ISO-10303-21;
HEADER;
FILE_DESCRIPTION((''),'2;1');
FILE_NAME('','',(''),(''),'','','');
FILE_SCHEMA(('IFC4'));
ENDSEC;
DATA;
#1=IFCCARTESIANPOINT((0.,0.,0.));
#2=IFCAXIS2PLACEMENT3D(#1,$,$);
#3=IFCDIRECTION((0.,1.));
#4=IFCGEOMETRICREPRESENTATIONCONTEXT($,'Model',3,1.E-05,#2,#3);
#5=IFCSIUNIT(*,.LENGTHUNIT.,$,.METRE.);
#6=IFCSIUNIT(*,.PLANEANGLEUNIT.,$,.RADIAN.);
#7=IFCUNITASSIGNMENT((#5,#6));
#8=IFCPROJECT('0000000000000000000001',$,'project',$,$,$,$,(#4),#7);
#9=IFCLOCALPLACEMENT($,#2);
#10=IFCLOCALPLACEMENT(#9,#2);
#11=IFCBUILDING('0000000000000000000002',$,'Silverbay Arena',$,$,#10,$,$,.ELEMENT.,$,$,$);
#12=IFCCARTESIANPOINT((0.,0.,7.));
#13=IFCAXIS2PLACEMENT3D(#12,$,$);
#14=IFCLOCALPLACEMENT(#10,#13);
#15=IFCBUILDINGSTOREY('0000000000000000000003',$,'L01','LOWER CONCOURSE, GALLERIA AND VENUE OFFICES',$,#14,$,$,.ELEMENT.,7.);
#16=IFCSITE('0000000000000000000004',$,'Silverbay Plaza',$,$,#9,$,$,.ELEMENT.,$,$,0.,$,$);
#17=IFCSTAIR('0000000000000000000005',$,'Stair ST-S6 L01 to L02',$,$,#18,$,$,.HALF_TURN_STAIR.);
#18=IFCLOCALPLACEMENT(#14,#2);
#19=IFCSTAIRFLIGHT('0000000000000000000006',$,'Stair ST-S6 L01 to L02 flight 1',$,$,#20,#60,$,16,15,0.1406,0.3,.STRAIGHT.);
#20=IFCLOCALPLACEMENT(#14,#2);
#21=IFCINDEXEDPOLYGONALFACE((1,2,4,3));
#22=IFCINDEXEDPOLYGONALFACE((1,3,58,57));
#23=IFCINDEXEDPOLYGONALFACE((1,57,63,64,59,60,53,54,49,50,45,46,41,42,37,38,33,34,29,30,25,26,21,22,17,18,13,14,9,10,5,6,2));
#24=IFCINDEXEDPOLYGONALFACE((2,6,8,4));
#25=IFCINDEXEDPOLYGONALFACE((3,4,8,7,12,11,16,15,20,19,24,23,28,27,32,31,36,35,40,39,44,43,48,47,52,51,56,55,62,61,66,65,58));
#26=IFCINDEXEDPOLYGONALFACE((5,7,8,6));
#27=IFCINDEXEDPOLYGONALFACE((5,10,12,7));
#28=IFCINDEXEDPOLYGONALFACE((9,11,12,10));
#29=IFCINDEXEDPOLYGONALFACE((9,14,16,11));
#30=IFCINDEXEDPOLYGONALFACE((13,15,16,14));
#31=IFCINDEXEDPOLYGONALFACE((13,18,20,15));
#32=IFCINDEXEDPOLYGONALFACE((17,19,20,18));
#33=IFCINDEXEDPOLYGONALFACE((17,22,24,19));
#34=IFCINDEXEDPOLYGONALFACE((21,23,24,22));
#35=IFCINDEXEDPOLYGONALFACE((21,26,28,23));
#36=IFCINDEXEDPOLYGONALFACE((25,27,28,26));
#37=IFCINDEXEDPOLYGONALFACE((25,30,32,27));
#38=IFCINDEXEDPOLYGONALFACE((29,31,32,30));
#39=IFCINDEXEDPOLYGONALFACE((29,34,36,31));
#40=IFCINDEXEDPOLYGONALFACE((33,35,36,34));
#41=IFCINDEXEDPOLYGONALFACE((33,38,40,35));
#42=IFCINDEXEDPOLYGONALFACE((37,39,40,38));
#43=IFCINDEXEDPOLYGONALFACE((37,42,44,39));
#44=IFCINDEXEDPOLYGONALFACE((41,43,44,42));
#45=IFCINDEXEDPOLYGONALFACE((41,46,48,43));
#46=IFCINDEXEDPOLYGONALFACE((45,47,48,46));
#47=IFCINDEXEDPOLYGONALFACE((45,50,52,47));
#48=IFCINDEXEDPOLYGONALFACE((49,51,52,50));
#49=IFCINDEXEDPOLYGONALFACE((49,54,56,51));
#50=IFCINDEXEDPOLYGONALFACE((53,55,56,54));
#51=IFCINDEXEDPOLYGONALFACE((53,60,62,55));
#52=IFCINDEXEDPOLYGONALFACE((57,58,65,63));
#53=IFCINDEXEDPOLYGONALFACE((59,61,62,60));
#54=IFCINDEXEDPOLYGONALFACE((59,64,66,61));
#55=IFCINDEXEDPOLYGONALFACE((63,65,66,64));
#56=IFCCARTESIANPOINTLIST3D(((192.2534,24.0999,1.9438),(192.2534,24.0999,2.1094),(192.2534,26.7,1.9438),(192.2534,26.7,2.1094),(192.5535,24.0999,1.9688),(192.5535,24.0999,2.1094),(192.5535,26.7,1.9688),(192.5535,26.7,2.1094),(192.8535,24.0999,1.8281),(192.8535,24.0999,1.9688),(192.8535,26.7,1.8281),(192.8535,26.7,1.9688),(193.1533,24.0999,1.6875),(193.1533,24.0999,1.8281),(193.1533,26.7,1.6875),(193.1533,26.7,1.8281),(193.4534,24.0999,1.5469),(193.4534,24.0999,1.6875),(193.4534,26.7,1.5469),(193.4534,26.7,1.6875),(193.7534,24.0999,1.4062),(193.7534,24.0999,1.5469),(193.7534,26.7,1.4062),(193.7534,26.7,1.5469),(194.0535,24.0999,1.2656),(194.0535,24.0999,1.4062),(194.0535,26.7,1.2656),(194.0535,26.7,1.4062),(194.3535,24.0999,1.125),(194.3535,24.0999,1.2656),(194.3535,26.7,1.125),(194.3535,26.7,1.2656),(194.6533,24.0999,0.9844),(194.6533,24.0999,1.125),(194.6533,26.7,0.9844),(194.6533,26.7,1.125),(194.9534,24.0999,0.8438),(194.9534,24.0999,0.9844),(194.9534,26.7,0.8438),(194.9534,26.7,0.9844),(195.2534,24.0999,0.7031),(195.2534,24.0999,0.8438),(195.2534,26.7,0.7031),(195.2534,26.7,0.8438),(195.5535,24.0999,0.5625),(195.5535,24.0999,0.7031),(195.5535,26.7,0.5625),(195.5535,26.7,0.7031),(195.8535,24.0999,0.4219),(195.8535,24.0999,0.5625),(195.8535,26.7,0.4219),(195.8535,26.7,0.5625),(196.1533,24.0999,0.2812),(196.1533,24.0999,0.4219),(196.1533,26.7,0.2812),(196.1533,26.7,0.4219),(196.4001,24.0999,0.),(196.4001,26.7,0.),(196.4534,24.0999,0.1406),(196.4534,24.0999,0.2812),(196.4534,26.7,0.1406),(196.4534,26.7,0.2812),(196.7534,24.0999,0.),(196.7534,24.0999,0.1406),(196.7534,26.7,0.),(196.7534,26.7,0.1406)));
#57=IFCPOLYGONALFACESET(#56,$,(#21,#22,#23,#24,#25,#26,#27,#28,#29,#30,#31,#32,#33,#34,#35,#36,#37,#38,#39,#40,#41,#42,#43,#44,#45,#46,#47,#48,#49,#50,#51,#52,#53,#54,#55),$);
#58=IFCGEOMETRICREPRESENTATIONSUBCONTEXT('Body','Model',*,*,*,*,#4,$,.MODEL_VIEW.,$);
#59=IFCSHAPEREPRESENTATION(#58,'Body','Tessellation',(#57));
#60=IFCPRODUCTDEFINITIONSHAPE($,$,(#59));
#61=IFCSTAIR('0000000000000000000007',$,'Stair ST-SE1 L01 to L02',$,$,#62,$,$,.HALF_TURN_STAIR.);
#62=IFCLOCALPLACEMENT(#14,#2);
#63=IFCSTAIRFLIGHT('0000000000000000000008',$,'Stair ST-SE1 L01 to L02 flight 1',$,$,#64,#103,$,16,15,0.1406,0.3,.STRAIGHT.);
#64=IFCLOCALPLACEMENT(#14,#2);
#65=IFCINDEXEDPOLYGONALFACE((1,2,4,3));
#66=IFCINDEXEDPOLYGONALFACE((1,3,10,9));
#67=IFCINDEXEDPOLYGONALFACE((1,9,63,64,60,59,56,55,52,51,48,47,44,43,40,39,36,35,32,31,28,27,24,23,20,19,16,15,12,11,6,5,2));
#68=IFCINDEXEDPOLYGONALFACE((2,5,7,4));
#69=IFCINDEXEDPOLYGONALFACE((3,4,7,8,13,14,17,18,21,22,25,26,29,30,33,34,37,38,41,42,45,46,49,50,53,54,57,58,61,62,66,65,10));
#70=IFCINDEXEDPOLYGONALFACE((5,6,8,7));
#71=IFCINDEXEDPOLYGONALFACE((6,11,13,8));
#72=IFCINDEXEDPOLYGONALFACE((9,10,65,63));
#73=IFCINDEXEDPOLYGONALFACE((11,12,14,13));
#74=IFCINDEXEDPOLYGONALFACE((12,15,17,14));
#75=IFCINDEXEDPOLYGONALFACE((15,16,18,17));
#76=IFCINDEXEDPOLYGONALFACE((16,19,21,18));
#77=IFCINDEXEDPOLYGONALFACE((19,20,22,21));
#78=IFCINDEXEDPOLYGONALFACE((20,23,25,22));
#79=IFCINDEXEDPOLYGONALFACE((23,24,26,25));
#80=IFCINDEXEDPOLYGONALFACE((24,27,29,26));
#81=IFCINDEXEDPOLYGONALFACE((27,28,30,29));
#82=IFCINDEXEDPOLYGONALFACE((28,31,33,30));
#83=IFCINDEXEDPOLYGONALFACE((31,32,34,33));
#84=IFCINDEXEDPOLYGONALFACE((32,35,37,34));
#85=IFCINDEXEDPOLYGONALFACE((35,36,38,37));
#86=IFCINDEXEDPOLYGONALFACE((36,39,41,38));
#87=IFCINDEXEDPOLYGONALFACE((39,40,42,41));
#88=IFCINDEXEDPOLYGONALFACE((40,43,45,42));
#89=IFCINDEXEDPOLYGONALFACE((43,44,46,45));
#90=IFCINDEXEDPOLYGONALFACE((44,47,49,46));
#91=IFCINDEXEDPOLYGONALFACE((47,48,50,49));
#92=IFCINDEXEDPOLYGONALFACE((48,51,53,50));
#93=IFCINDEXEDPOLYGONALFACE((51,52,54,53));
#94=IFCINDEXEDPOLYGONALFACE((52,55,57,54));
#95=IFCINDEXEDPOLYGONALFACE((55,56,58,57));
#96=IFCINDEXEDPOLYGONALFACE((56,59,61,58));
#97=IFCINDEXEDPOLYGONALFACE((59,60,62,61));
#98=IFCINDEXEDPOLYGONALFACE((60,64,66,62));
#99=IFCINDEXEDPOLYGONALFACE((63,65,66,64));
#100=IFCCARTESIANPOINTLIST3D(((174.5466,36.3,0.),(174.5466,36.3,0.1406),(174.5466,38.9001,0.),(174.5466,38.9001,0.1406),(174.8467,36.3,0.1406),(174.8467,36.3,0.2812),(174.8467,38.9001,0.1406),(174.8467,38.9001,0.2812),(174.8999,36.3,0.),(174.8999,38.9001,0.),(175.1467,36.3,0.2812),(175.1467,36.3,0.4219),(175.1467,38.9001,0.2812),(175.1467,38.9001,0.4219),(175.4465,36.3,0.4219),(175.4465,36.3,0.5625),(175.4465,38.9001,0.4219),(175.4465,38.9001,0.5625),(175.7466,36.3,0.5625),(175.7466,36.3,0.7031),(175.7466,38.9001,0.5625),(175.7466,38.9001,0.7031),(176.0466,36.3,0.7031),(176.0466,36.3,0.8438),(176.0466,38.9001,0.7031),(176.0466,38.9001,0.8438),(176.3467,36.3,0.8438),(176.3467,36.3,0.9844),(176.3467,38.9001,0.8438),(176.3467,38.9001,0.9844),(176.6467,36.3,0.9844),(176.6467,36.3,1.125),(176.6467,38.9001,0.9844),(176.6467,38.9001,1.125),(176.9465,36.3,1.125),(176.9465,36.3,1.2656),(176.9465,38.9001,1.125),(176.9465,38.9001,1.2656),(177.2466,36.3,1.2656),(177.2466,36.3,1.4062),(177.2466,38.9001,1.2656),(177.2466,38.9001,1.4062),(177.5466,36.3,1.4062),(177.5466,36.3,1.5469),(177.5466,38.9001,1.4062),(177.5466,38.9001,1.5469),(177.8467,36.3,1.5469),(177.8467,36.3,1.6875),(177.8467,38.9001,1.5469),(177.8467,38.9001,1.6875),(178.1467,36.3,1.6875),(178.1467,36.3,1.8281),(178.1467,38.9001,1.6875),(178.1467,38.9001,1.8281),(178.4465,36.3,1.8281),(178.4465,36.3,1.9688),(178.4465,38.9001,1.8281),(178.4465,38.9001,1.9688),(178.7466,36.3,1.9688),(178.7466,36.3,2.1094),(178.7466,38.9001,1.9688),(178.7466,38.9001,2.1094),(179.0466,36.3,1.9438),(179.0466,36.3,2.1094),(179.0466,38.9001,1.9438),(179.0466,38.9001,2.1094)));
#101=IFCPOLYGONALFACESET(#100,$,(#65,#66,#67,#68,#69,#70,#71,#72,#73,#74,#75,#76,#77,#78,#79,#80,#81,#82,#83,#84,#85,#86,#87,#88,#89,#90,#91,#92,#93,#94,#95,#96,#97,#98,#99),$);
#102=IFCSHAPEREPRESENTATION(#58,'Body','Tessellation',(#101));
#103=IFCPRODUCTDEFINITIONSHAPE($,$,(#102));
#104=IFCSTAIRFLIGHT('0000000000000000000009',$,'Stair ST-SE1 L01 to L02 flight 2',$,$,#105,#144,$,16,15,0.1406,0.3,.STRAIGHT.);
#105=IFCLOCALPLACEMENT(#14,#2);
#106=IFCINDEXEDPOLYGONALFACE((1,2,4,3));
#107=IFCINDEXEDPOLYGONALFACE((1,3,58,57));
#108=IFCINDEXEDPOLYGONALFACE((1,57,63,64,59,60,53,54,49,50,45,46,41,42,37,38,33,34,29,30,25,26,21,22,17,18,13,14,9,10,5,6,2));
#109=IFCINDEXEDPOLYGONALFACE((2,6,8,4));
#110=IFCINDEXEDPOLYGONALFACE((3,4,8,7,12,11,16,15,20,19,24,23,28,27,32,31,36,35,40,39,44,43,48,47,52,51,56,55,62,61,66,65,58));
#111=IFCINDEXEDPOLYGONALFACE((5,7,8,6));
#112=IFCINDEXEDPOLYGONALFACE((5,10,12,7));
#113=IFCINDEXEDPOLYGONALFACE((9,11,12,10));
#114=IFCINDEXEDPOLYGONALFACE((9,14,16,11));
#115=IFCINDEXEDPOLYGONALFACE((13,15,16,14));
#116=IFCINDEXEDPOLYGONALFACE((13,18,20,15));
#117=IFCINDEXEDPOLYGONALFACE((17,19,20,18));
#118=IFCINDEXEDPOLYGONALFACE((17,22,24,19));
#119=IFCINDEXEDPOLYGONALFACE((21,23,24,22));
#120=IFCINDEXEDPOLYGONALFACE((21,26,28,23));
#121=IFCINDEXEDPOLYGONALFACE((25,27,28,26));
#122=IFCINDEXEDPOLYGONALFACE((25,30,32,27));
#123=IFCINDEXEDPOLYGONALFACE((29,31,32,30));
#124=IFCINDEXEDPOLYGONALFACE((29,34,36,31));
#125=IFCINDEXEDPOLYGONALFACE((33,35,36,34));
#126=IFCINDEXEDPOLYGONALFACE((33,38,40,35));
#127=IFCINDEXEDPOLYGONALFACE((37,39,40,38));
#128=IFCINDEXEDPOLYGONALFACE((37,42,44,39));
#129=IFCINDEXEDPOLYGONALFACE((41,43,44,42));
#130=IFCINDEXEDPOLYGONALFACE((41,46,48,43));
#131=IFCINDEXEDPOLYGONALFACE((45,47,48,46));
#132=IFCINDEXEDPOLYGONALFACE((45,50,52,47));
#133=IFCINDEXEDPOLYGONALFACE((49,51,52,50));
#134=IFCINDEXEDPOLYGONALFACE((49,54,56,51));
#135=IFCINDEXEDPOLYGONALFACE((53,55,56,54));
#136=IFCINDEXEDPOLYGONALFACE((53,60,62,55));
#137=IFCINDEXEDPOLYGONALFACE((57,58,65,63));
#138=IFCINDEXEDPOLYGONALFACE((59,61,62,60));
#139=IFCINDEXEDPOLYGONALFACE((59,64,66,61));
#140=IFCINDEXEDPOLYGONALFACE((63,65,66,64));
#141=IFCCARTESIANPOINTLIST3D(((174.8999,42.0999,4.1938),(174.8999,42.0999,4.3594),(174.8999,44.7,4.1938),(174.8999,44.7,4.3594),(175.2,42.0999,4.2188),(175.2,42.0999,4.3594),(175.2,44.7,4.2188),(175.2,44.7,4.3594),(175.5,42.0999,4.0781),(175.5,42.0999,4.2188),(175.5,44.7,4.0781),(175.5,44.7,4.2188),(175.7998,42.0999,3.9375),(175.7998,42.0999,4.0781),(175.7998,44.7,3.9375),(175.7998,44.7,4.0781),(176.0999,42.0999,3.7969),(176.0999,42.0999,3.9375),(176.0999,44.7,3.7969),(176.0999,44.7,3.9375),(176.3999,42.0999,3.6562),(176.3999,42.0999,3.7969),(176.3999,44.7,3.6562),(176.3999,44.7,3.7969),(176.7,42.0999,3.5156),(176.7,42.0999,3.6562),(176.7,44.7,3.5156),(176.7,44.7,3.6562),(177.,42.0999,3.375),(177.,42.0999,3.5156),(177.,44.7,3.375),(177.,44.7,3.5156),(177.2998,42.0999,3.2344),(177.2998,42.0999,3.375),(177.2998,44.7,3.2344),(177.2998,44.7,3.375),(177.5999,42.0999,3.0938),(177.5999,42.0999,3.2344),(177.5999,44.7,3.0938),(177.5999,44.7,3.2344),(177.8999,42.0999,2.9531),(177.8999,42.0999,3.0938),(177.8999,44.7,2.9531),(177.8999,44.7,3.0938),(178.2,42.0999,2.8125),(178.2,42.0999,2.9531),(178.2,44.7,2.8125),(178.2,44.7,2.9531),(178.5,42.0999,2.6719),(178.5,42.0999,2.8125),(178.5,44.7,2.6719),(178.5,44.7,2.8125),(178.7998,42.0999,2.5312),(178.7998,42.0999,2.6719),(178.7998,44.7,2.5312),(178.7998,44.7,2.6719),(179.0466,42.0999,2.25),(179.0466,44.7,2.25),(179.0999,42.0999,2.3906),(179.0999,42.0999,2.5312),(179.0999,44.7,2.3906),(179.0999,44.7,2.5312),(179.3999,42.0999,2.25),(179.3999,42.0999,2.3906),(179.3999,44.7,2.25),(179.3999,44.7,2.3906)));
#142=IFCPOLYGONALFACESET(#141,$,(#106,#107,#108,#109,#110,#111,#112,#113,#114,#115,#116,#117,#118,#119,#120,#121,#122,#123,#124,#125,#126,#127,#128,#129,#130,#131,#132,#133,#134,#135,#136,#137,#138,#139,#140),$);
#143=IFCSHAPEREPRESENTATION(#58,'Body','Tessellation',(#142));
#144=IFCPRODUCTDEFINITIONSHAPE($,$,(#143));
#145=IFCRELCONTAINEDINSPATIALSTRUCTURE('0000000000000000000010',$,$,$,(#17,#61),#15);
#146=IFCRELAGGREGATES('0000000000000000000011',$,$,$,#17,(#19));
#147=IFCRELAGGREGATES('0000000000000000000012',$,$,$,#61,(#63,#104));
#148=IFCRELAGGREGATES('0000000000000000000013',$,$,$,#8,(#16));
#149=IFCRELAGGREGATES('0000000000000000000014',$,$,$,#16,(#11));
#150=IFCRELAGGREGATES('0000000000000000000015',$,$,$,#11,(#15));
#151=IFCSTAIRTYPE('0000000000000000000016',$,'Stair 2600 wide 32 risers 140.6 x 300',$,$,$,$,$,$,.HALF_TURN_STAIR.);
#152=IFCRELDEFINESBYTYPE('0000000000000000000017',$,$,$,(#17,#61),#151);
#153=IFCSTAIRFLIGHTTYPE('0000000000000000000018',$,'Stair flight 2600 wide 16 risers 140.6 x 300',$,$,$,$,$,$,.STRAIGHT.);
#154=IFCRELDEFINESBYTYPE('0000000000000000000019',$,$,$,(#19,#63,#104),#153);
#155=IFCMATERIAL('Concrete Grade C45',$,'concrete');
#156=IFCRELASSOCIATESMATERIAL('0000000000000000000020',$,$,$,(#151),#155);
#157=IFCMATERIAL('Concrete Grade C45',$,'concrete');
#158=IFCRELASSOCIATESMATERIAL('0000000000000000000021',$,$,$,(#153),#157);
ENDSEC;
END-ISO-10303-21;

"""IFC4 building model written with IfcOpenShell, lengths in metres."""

from ifc_helpers import new_model, si_unit, direction, frame, origin, place, context, subcontext, project, spatial, polyline, outline, extrude, material, type_object, element, aggregate, save


model = new_model("IFC4")

# Units and contexts
model_context = context("Model", 3, precision=1e-05, world=origin(), true_north=direction((0.0, 1.0)))
body_context = subcontext(model_context, "Body", "Model", "MODEL_VIEW")
ifc_project = project(units=[si_unit("LENGTHUNIT", "METRE"), si_unit("PLANEANGLEUNIT", "RADIAN")], contexts=[model_context])

# Site, building, storey
site_placement = place(None, origin())
site = spatial("IfcSite", under=ifc_project, at=site_placement, Name="Silverbay Plaza", CompositionType="ELEMENT", RefElevation=0.0)
building_placement = place(site_placement, origin())
building = spatial("IfcBuilding", under=site, at=building_placement, Name="Silverbay Arena", CompositionType="ELEMENT")
storey_placement = place(building_placement, frame((0.0, 0.0, 7.0)))
storey = spatial("IfcBuildingStorey", under=building, at=storey_placement, Name="L01", Description="LOWER CONCOURSE, GALLERIA AND VENUE OFFICES", CompositionType="ELEMENT", Elevation=7.0)

# Stair, stair flight
ifc_material_1 = material(Name="Concrete Grade C45", Category="concrete")
stair_type = type_object("IfcStairType", Name="Stair 2600 wide 32 risers 140.6 x 300", PredefinedType="HALF_TURN_STAIR", material=ifc_material_1)
ifc_material_2 = material(Name="Concrete Grade C45", Category="concrete")
stair_flight_type = type_object("IfcStairFlightType", Name="Stair flight 2600 wide 16 risers 140.6 x 300", PredefinedType="STRAIGHT", material=ifc_material_2)
stair_1_placement = place(storey_placement, origin())
stair_1 = element("IfcStair", 1, at=stair_1_placement, inside=storey, type_object=stair_type, Name="Stair ST-S6 L01 to L02", PredefinedType="HALF_TURN_STAIR")
stair_flight_1_placement = place(storey_placement, frame((196.7534, 25.3999, 0.0), z_axis=(0.0, 0.0, 1.0), x_axis=(-1.0, 0.0, 0.0)))
stair_flight_1 = element("IfcStairFlight", 2, at=stair_flight_1_placement, type_object=stair_flight_type, Name="Stair ST-S6 L01 to L02 flight 1", NumberOfRisers=16, NumberOfTreads=15, PredefinedType="STRAIGHT", RiserHeight=0.1406, TreadLength=0.3, context=body_context, shape_type="SweptSolid", body=[
    extrude(outline(polyline([(0.0, 0.0), (0.0, 0.1406), (0.3, 0.1406), (0.3, 0.2812), (0.6001, 0.2812), (0.6001, 0.4219), (0.8999, 0.4219), (0.8999, 0.5625), (1.2, 0.5625), (1.2, 0.7031), (1.5, 0.7031), (1.5, 0.8438), (1.8, 0.8438), (1.8, 0.9844), (2.1001, 0.9844), (2.1001, 1.125), (2.3999, 1.125), (2.3999, 1.2656), (2.7, 1.2656), (2.7, 1.4062), (3.0, 1.4062), (3.0, 1.5469), (3.3, 1.5469), (3.3, 1.6875), (3.6001, 1.6875), (3.6001, 1.8281), (3.8999, 1.8281), (3.8999, 1.9688), (4.2, 1.9688), (4.2, 2.1094), (4.5, 2.1094), (4.5, 1.9438), (0.3533, 0.0), (0.0, 0.0)])), frame((0.0, 1.3, 0.0), z_axis=(0.0, -1.0, 0.0), x_axis=(1.0, 0.0, 0.0)), (0.0, 0.0, 1.0), 2.6001),
])
aggregate(stair_1, [stair_flight_1])

# Stair, stair flights
stair_2_placement = place(storey_placement, origin())
stair_2 = element("IfcStair", 3, at=stair_2_placement, inside=storey, type_object=stair_type, Name="Stair ST-SE1 L01 to L02", PredefinedType="HALF_TURN_STAIR")
stair_flight_2_placement = place(storey_placement, frame((174.5466, 37.6001, 0.0), z_axis=(0.0, 0.0, 1.0), x_axis=(1.0, 0.0, 0.0)))
stair_flight_2 = element("IfcStairFlight", 4, at=stair_flight_2_placement, type_object=stair_flight_type, Name="Stair ST-SE1 L01 to L02 flight 1", NumberOfRisers=16, NumberOfTreads=15, PredefinedType="STRAIGHT", RiserHeight=0.1406, TreadLength=0.3, context=body_context, shape_type="SweptSolid", body=[
    extrude(outline(polyline([(0.0, 0.0), (0.0, 0.1406), (0.3, 0.1406), (0.3, 0.2812), (0.6001, 0.2812), (0.6001, 0.4219), (0.8999, 0.4219), (0.8999, 0.5625), (1.2, 0.5625), (1.2, 0.7031), (1.5, 0.7031), (1.5, 0.8438), (1.8, 0.8438), (1.8, 0.9844), (2.1001, 0.9844), (2.1001, 1.125), (2.3999, 1.125), (2.3999, 1.2656), (2.7, 1.2656), (2.7, 1.4062), (3.0, 1.4062), (3.0, 1.5469), (3.3, 1.5469), (3.3, 1.6875), (3.6001, 1.6875), (3.6001, 1.8281), (3.8999, 1.8281), (3.8999, 1.9688), (4.2, 1.9688), (4.2, 2.1094), (4.5, 2.1094), (4.5, 1.9438), (0.3533, 0.0), (0.0, 0.0)])), frame((0.0, 1.3, 0.0), z_axis=(0.0, -1.0, 0.0), x_axis=(1.0, 0.0, 0.0)), (0.0, 0.0, 1.0), 2.6001),
])
stair_flight_3_placement = place(storey_placement, frame((179.3999, 43.3999, 2.25), z_axis=(0.0, 0.0, 1.0), x_axis=(-1.0, 0.0, 0.0)))
stair_flight_3 = element("IfcStairFlight", 5, at=stair_flight_3_placement, type_object=stair_flight_type, Name="Stair ST-SE1 L01 to L02 flight 2", NumberOfRisers=16, NumberOfTreads=15, PredefinedType="STRAIGHT", RiserHeight=0.1406, TreadLength=0.3, context=body_context, shape_type="SweptSolid", body=[
    extrude(outline(polyline([(0.0, 0.0), (0.0, 0.1406), (0.3, 0.1406), (0.3, 0.2812), (0.6001, 0.2812), (0.6001, 0.4219), (0.8999, 0.4219), (0.8999, 0.5625), (1.2, 0.5625), (1.2, 0.7031), (1.5, 0.7031), (1.5, 0.8438), (1.8, 0.8438), (1.8, 0.9844), (2.1001, 0.9844), (2.1001, 1.125), (2.3999, 1.125), (2.3999, 1.2656), (2.7, 1.2656), (2.7, 1.4062), (3.0, 1.4062), (3.0, 1.5469), (3.3, 1.5469), (3.3, 1.6875), (3.6001, 1.6875), (3.6001, 1.8281), (3.8999, 1.8281), (3.8999, 1.9688), (4.2, 1.9688), (4.2, 2.1094), (4.5, 2.1094), (4.5, 1.9438), (0.3533, 0.0), (0.0, 0.0)])), frame((0.0, 1.3, 0.0), z_axis=(0.0, -1.0, 0.0), x_axis=(1.0, 0.0, 0.0)), (0.0, 0.0, 1.0), 2.6001),
])
aggregate(stair_2, [stair_flight_2, stair_flight_3])

save(model, "model.ifc")
